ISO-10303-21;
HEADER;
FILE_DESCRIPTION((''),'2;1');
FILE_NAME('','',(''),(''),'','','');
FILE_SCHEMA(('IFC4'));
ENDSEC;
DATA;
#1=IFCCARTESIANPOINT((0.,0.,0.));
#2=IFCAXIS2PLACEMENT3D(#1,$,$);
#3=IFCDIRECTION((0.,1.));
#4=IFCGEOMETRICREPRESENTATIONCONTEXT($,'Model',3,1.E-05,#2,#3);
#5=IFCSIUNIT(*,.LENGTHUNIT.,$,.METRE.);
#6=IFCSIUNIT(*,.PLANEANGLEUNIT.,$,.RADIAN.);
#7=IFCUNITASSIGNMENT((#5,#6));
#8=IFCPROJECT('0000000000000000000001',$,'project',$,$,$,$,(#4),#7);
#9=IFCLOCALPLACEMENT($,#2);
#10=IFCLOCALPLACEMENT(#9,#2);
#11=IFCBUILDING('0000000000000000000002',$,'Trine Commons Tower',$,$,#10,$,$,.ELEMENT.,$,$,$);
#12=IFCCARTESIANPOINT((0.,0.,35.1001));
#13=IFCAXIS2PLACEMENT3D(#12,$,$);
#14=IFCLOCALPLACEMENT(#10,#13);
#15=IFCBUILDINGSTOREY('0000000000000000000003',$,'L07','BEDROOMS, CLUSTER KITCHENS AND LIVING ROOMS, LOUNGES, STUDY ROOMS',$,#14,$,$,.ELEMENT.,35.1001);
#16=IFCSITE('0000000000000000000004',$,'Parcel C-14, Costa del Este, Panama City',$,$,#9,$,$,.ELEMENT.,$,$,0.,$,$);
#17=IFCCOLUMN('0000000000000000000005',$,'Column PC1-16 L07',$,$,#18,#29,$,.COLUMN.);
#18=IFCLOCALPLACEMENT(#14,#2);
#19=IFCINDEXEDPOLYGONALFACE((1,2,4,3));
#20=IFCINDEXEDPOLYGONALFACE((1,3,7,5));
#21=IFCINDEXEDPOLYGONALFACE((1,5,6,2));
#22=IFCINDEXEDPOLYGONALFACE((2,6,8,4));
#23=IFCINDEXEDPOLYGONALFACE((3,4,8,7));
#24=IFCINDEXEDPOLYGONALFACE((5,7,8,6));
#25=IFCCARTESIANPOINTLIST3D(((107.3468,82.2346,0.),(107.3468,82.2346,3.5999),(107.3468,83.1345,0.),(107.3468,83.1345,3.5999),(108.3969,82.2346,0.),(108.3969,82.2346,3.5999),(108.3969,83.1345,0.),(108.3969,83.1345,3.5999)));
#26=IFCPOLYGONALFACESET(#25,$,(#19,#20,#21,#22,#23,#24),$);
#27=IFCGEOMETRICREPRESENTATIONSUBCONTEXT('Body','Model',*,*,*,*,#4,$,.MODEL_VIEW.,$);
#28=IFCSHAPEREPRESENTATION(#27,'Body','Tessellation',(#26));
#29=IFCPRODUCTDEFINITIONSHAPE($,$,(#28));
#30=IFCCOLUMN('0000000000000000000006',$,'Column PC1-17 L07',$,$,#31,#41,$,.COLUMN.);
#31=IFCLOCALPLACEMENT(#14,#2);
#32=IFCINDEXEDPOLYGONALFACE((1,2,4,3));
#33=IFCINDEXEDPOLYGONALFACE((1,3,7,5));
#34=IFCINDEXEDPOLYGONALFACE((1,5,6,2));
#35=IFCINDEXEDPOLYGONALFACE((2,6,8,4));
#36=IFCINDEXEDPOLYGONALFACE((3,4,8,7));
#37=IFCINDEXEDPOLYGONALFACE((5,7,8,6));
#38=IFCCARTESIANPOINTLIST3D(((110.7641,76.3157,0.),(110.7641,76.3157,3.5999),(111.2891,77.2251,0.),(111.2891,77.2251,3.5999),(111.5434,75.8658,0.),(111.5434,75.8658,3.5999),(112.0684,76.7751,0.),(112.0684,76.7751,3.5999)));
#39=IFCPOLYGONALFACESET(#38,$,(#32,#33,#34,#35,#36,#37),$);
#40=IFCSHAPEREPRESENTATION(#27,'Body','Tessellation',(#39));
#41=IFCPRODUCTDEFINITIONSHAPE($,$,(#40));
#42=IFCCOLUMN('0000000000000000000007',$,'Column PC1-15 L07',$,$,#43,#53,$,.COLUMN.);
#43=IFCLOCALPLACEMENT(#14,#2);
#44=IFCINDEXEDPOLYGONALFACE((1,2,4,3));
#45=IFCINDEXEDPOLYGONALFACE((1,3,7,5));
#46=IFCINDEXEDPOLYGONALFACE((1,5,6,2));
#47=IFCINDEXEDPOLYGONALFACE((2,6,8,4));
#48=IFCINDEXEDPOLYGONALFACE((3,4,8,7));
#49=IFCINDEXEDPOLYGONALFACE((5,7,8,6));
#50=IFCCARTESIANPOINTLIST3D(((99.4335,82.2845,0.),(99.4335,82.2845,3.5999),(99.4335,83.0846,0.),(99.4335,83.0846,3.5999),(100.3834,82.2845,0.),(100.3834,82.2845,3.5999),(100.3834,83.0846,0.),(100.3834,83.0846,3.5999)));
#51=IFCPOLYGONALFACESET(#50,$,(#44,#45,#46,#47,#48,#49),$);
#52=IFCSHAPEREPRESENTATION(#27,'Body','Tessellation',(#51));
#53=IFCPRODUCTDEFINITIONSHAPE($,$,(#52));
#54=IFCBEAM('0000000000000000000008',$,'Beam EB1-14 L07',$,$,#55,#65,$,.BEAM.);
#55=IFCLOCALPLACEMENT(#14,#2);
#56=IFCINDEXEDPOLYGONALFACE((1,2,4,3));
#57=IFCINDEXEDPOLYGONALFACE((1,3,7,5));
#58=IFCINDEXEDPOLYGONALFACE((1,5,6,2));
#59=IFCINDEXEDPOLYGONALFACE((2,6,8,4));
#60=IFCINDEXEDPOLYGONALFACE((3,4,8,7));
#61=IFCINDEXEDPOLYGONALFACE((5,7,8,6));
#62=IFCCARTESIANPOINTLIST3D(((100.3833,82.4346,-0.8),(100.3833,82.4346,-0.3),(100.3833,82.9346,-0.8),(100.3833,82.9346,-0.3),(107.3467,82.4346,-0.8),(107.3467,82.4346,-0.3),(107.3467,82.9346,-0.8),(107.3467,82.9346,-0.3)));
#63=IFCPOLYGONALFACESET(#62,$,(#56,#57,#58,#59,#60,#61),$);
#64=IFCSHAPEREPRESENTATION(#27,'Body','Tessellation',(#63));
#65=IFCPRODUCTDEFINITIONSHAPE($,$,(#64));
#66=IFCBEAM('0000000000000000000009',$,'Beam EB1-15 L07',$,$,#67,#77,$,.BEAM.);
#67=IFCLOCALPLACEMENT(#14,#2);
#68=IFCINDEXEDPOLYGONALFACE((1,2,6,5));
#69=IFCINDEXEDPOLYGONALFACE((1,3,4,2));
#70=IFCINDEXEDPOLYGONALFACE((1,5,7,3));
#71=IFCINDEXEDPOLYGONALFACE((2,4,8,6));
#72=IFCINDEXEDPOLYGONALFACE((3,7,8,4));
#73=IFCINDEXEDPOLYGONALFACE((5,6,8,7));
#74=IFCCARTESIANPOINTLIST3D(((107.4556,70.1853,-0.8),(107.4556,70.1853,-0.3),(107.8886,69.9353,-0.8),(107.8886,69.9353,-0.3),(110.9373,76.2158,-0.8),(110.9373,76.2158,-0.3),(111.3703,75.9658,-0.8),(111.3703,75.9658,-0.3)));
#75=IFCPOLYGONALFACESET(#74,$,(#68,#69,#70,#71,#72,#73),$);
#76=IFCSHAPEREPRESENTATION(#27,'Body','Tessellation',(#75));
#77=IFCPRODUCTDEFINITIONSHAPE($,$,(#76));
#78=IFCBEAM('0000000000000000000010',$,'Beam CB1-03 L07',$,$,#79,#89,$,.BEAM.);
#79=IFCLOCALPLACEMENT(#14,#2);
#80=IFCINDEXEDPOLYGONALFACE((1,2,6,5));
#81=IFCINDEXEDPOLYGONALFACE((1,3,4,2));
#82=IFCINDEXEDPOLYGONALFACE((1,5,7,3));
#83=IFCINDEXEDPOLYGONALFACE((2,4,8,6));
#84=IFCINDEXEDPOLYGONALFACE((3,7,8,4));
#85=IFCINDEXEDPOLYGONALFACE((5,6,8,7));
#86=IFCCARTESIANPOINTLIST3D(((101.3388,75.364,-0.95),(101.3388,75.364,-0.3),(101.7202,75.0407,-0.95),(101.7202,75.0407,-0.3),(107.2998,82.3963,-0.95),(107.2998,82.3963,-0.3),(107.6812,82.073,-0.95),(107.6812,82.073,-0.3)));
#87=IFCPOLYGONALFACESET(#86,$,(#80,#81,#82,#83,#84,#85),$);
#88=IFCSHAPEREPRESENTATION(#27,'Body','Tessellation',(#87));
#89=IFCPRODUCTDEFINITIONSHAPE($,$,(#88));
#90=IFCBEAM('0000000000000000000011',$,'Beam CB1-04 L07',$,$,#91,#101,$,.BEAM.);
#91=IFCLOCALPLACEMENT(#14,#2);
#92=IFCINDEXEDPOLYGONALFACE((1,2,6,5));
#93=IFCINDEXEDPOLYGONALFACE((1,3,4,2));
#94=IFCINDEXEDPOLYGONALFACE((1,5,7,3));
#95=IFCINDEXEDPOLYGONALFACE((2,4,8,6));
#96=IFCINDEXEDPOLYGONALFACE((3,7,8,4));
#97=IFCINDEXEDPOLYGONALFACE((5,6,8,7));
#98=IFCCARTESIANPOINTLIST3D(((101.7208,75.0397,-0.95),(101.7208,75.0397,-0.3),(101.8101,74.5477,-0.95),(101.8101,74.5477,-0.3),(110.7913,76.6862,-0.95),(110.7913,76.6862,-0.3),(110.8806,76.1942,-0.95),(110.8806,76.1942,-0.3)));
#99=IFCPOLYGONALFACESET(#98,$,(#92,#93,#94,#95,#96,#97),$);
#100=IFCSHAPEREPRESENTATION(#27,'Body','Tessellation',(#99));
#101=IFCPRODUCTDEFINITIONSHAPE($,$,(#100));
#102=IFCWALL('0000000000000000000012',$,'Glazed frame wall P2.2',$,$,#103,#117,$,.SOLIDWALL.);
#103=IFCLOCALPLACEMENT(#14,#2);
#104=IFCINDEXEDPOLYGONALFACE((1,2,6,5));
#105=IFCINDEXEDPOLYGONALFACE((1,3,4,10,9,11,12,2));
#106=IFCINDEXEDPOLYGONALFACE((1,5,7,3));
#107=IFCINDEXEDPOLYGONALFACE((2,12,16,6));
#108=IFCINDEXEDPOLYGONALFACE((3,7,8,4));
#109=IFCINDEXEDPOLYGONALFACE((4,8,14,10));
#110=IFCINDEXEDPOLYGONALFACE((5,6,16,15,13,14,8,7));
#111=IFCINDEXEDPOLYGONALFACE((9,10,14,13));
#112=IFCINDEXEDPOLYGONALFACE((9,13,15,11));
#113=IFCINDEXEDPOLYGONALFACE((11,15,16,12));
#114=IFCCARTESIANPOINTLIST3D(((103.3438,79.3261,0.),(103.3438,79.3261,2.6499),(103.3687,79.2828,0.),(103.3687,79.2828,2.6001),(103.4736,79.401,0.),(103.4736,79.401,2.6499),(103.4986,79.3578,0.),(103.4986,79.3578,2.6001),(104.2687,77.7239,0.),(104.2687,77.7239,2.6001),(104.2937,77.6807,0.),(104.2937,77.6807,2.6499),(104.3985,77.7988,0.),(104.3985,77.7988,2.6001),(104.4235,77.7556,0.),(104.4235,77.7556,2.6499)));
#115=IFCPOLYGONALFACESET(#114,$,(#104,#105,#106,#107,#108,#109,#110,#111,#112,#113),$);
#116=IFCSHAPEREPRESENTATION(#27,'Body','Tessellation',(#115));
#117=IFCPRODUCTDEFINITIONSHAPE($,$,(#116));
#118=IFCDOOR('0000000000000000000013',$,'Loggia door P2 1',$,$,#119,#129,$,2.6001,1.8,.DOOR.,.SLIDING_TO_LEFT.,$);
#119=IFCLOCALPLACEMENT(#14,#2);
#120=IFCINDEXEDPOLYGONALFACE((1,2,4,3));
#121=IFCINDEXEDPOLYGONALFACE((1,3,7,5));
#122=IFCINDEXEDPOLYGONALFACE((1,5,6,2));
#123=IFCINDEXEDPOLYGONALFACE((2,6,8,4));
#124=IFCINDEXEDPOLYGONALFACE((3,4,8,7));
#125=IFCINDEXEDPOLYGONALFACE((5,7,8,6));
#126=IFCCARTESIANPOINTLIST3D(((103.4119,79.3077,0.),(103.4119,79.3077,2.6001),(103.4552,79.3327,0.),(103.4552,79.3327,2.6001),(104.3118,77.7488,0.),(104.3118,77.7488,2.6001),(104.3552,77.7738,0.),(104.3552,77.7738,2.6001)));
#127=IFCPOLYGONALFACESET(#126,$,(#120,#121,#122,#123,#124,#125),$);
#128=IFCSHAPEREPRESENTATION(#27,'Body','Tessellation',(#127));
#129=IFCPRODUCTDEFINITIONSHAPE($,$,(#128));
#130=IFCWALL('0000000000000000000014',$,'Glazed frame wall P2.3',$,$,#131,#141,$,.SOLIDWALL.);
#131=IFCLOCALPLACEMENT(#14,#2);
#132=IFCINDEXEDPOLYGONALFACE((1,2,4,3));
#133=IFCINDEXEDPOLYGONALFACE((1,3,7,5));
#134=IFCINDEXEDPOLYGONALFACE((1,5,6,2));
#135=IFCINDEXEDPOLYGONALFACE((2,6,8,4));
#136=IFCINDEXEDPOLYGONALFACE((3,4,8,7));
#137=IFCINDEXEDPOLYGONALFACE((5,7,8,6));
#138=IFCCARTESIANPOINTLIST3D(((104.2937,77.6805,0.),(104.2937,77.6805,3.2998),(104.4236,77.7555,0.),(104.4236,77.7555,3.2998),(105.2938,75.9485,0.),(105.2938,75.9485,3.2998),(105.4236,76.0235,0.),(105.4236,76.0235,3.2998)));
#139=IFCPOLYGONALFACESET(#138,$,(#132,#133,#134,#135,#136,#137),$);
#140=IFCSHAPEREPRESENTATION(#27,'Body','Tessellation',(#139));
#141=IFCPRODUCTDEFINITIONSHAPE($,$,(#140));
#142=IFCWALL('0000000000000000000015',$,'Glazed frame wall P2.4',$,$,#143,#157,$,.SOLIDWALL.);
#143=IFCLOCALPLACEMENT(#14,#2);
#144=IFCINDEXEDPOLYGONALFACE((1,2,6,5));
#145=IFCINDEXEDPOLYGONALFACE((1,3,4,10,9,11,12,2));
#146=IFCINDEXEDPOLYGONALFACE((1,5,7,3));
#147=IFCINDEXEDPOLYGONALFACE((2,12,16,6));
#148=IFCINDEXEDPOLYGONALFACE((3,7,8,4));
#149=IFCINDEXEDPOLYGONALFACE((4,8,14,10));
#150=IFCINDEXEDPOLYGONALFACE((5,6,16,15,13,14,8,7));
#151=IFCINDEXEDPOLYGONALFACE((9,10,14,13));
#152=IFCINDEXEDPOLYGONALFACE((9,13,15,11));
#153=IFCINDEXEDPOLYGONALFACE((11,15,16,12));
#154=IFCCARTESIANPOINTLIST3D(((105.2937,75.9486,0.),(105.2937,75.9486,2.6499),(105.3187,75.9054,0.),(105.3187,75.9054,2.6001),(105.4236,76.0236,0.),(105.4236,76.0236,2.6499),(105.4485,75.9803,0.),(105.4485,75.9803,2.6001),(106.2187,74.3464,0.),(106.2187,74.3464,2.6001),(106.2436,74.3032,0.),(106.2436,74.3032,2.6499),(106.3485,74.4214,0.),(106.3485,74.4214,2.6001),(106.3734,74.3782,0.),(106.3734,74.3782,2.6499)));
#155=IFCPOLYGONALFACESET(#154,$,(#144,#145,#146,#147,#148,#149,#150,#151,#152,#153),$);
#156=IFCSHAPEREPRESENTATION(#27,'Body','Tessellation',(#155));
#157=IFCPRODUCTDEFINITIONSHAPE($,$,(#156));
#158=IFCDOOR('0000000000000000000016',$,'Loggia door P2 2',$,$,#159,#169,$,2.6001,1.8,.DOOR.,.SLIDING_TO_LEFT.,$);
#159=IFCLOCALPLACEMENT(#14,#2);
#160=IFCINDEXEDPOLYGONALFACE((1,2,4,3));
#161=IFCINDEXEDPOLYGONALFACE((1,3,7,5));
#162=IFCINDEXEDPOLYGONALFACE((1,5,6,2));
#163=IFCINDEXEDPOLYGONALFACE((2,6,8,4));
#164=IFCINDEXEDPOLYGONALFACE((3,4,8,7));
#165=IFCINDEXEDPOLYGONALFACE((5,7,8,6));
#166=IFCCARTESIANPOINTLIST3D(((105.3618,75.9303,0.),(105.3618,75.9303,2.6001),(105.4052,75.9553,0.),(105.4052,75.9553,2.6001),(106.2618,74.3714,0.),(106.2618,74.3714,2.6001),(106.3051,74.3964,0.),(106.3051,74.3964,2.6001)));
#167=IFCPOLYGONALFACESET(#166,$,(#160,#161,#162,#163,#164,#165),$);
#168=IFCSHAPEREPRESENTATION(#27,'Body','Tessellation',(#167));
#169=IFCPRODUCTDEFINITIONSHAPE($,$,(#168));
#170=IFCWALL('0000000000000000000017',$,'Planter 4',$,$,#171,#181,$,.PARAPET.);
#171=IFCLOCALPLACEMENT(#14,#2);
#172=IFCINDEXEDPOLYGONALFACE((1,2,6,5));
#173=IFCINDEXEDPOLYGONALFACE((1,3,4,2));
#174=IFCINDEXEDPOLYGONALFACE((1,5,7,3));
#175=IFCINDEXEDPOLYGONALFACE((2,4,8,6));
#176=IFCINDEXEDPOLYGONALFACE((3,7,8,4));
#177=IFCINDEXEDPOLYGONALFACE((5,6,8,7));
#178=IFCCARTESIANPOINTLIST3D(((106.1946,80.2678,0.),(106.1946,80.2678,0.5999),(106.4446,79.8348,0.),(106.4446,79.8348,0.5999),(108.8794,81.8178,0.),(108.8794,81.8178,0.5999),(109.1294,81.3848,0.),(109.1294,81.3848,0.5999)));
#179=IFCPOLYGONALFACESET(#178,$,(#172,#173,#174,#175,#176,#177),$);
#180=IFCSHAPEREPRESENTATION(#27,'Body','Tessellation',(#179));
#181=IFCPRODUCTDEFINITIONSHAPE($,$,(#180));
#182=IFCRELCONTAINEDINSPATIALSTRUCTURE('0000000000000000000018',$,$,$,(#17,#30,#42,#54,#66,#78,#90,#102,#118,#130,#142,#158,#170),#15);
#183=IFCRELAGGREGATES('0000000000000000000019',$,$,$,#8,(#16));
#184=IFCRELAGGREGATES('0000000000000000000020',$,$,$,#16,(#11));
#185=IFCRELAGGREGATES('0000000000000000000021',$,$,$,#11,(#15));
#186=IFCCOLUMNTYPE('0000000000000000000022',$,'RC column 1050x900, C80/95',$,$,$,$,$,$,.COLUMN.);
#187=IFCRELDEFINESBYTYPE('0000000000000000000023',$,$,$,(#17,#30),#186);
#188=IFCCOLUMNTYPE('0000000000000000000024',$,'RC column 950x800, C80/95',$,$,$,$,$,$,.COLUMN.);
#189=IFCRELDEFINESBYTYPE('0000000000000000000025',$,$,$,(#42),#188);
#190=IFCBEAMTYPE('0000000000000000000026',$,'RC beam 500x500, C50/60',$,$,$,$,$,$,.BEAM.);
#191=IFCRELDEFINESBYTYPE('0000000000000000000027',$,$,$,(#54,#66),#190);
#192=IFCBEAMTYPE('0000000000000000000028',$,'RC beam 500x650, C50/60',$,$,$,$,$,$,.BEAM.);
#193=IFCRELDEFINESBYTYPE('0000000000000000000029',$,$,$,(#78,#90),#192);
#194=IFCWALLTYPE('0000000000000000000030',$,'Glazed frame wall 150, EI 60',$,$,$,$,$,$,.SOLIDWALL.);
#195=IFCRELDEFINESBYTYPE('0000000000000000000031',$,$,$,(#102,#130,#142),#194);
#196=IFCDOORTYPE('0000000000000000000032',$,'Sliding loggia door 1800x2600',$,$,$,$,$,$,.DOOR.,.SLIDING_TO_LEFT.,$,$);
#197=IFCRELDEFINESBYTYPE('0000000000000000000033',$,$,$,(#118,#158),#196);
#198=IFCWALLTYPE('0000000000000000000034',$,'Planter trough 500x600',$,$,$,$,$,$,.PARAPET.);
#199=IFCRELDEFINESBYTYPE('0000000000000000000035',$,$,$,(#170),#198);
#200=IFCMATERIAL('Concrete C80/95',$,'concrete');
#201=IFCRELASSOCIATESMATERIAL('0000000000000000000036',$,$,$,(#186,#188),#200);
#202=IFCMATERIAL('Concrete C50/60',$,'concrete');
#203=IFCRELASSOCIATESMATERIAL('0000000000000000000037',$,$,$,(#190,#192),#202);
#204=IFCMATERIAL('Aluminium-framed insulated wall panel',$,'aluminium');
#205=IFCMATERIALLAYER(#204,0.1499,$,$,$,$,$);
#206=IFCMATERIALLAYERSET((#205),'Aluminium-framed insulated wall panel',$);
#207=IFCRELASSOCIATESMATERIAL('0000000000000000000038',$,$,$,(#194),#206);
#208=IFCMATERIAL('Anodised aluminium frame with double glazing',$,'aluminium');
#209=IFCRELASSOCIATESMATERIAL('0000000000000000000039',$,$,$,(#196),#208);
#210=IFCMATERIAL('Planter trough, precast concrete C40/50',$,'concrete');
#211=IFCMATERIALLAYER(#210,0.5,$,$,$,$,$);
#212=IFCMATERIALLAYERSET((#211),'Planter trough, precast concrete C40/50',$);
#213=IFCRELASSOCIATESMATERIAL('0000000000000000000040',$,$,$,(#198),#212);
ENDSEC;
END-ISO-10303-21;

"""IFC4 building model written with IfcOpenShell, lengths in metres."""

from ifc_helpers import new_model, si_unit, direction, frame, frame_2d, origin, origin_2d, place, context, subcontext, project, spatial, polyline, rectangle, outline, extrude, material, layer, layer_set, material_profile, profile_set, type_object, element, fill, save


model = new_model("IFC4")

# Units and contexts
model_context = context("Model", 3, precision=1e-05, world=origin(), true_north=direction((0.0, 1.0)))
body_context = subcontext(model_context, "Body", "Model", "MODEL_VIEW")
ifc_project = project(units=[si_unit("LENGTHUNIT", "METRE"), si_unit("PLANEANGLEUNIT", "RADIAN")], contexts=[model_context])

# Site, building, storey
site_placement = place(None, origin())
site = spatial("IfcSite", under=ifc_project, at=site_placement, Name="Parcel C-14, Costa del Este, Panama City", CompositionType="ELEMENT", RefElevation=0.0)
building_placement = place(site_placement, origin())
building = spatial("IfcBuilding", under=site, at=building_placement, Name="Trine Commons Tower", CompositionType="ELEMENT")
storey_placement = place(building_placement, frame((0.0, 0.0, 35.1001)))
storey = spatial("IfcBuildingStorey", under=building, at=storey_placement, Name="L07", Description="BEDROOMS, CLUSTER KITCHENS AND LIVING ROOMS, LOUNGES, STUDY ROOMS", CompositionType="ELEMENT", Elevation=35.1001)

# Columns
ifc_material_1 = material(Name="Concrete C80/95", Category="concrete")
ifc_material_profile_1 = material_profile(ifc_material_1, rectangle(XDim=1.05, YDim=0.8999, at=origin_2d()), Name="RC 1050x900")
ifc_profile_set_1 = profile_set([ifc_material_profile_1], Name="Concrete C80/95")
column_type_1 = type_object("IfcColumnType", Name="RC column 1050x900, C80/95", PredefinedType="COLUMN", material=ifc_profile_set_1)
for number, where, z_axis, x_axis, name in (
    (1, (107.8718, 82.6846, 0.0), (0.0, 0.0, 1.0), (1.0, 0.0, 0.0), "Column PC1-16 L07"),
    (2, (111.4163, 76.5454, 0.0), (0.0, 0.0, 1.0), (0.5, 0.866025, 0.0), "Column PC1-17 L07"),
):
    element("IfcColumn", number, at=place(storey_placement, frame(where, z_axis=z_axis, x_axis=x_axis)), inside=storey, type_object=column_type_1, Name=name, PredefinedType="COLUMN", context=body_context, shape_type="SweptSolid", body=[
        extrude(rectangle(XDim=1.05, YDim=0.8999, at=origin_2d()), origin(), (0.0, 0.0, 1.0), 3.5999),
    ])
ifc_material_profile_2 = material_profile(ifc_material_1, rectangle(XDim=0.95, YDim=0.8, at=origin_2d()), Name="RC 950x800")
ifc_profile_set_2 = profile_set([ifc_material_profile_2], Name="Concrete C80/95")
column_type_2 = type_object("IfcColumnType", Name="RC column 950x800, C80/95", PredefinedType="COLUMN", material=ifc_profile_set_2)
column_placement = place(storey_placement, frame((99.9084, 82.6846, 0.0), z_axis=(0.0, 0.0, 1.0), x_axis=(1.0, 0.0, 0.0)))
element("IfcColumn", 3, at=column_placement, inside=storey, type_object=column_type_2, Name="Column PC1-15 L07", PredefinedType="COLUMN", context=body_context, shape_type="SweptSolid", body=[
    extrude(rectangle(XDim=0.95, YDim=0.8, at=origin_2d()), origin(), (0.0, 0.0, 1.0), 3.5999),
])

# Beams
ifc_material_2 = material(Name="Concrete C50/60", Category="concrete")
ifc_material_profile_3 = material_profile(ifc_material_2, rectangle(XDim=0.5, YDim=0.5, at=origin_2d()), Name="RC 500x500")
ifc_profile_set_3 = profile_set([ifc_material_profile_3], Name="Concrete C50/60")
beam_type_1 = type_object("IfcBeamType", Name="RC beam 500x500, C50/60", PredefinedType="BEAM", material=ifc_profile_set_3)
for number, where, z_axis, x_axis, name in (
    (4, (100.3833, 82.6846, -0.55), (1.0, 0.0, 0.0), (0.0, 1.0, 0.0), "Beam EB1-14 L07"),
    (5, (111.1538, 76.0908, -0.55), (-0.499997, -0.866027, 0.0), (0.866027, -0.499997, 0.0), "Beam EB1-15 L07"),
):
    element("IfcBeam", number, at=place(storey_placement, frame(where, z_axis=z_axis, x_axis=x_axis)), inside=storey, type_object=beam_type_1, Name=name, PredefinedType="BEAM", context=body_context, shape_type="SweptSolid", body=[
        extrude(rectangle(XDim=0.5, YDim=0.5, at=origin_2d()), origin(), (0.0, 0.0, 1.0), 6.9634),
    ])
ifc_material_profile_4 = material_profile(ifc_material_2, rectangle(XDim=0.5, YDim=0.6499, at=origin_2d()), Name="RC 500x650")
ifc_profile_set_4 = profile_set([ifc_material_profile_4], Name="Concrete C50/60")
beam_type_2 = type_object("IfcBeamType", Name="RC beam 500x650, C50/60", PredefinedType="BEAM", material=ifc_profile_set_4)
for number, where, z_axis, x_axis, name in (
    (6, (107.4905, 82.2346, -0.625), (-0.646612, -0.762819, 0.0), (0.762819, -0.646612, 0.0), "Beam CB1-03 L07"),
    (7, (110.8359, 76.4402, -0.625), (-0.983922, -0.178601, 0.0), (0.178601, -0.983922, 0.0), "Beam CB1-04 L07"),
):
    element("IfcBeam", number, at=place(storey_placement, frame(where, z_axis=z_axis, x_axis=x_axis)), inside=storey, type_object=beam_type_2, Name=name, PredefinedType="BEAM", context=body_context, shape_type="SweptSolid", body=[
        extrude(rectangle(XDim=0.5, YDim=0.6499, at=origin_2d()), origin(), (0.0, 0.0, 1.0), 9.2188),
    ])

# Shared definitions
ifc_material_3 = material(Name="Aluminium-framed insulated wall panel", Category="aluminium")
ifc_layer_1 = layer(ifc_material_3, 0.1499)
ifc_layer_set_1 = layer_set([ifc_layer_1], Name="Aluminium-framed insulated wall panel")
wall_type_1 = type_object("IfcWallType", Name="Glazed frame wall 150, EI 60", PredefinedType="SOLIDWALL", material=ifc_layer_set_1)

# Wall, opening, door
wall_1_placement = place(storey_placement, frame((103.4087, 79.3635, 0.0), z_axis=(0.0, 0.0, 1.0), x_axis=(0.499967, -0.866044, 0.0)))
wall_1 = element("IfcWall", 8, at=wall_1_placement, inside=storey, type_object=wall_type_1, Name="Glazed frame wall P2.2", PredefinedType="SOLIDWALL", context=body_context, shape_type="SweptSolid", body=[
    extrude(outline(polyline([(0.0, -0.075), (1.8999, -0.075), (1.8999, 0.075), (0.0, 0.075), (0.0, -0.075)])), origin(), (0.0, 0.0, 1.0), 2.6499),
])
opening_1_placement = place(wall_1_placement, frame((0.05, 0.0, 0.0)))
opening_1 = element("IfcOpeningElement", 9, at=opening_1_placement, cuts=wall_1, PredefinedType="OPENING", context=body_context, shape_type="SweptSolid", body=[
    extrude(rectangle(XDim=1.8, YDim=2.6001, at=frame_2d((0.8999, 1.3))), frame((0.0, 0.085, 0.0), z_axis=(0.0, -1.0, 0.0), x_axis=(1.0, 0.0, 0.0)), (0.0, 0.0, 1.0), 0.1699),
])
ifc_material_4 = material(Name="Anodised aluminium frame with double glazing", Category="aluminium")
door_type_1 = type_object("IfcDoorType", Name="Sliding loggia door 1800x2600", OperationType="SLIDING_TO_LEFT", PredefinedType="DOOR", material=ifc_material_4)
door_1_placement = place(opening_1_placement, origin())
door_1 = element("IfcDoor", 10, at=door_1_placement, inside=storey, type_object=door_type_1, Name="Loggia door P2 1", OperationType="SLIDING_TO_LEFT", OverallHeight=2.6001, OverallWidth=1.8, PredefinedType="DOOR", context=body_context, shape_type="SweptSolid", body=[
    extrude(rectangle(XDim=1.8, YDim=2.6001, at=frame_2d((0.8999, 1.3))), frame((0.0, 0.0249, 0.0), z_axis=(0.0, -1.0, 0.0), x_axis=(1.0, 0.0, 0.0)), (0.0, 0.0, 1.0), 0.05),
])
fill(opening_1, door_1)

# Wall
wall_2_placement = place(storey_placement, frame((104.3586, 77.718, 0.0), z_axis=(0.0, 0.0, 1.0), x_axis=(0.500025, -0.866011, 0.0)))
element("IfcWall", 11, at=wall_2_placement, inside=storey, type_object=wall_type_1, Name="Glazed frame wall P2.3", PredefinedType="SOLIDWALL", context=body_context, shape_type="SweptSolid", body=[
    extrude(outline(polyline([(0.0, -0.075), (2.0, -0.075), (2.0, 0.075), (0.0, 0.075), (0.0, -0.075)])), origin(), (0.0, 0.0, 1.0), 3.2998),
])

# Wall, opening, door
wall_3_placement = place(storey_placement, frame((105.3586, 75.9861, 0.0), z_axis=(0.0, 0.0, 1.0), x_axis=(0.499967, -0.866044, 0.0)))
wall_3 = element("IfcWall", 12, at=wall_3_placement, inside=storey, type_object=wall_type_1, Name="Glazed frame wall P2.4", PredefinedType="SOLIDWALL", context=body_context, shape_type="SweptSolid", body=[
    extrude(outline(polyline([(0.0, -0.075), (1.8999, -0.075), (1.8999, 0.075), (0.0, 0.075), (0.0, -0.075)])), origin(), (0.0, 0.0, 1.0), 2.6499),
])
opening_2_placement = place(wall_3_placement, frame((0.05, 0.0, 0.0)))
opening_2 = element("IfcOpeningElement", 13, at=opening_2_placement, cuts=wall_3, PredefinedType="OPENING", context=body_context, shape_type="SweptSolid", body=[
    extrude(rectangle(XDim=1.8, YDim=2.6001, at=frame_2d((0.8999, 1.3))), frame((0.0, 0.085, 0.0), z_axis=(0.0, -1.0, 0.0), x_axis=(1.0, 0.0, 0.0)), (0.0, 0.0, 1.0), 0.1699),
])
door_2_placement = place(opening_2_placement, origin())
door_2 = element("IfcDoor", 14, at=door_2_placement, inside=storey, type_object=door_type_1, Name="Loggia door P2 2", OperationType="SLIDING_TO_LEFT", OverallHeight=2.6001, OverallWidth=1.8, PredefinedType="DOOR", context=body_context, shape_type="SweptSolid", body=[
    extrude(rectangle(XDim=1.8, YDim=2.6001, at=frame_2d((0.8999, 1.3))), frame((0.0, 0.0249, 0.0), z_axis=(0.0, -1.0, 0.0), x_axis=(1.0, 0.0, 0.0)), (0.0, 0.0, 1.0), 0.05),
])
fill(opening_2, door_2)

# Wall
ifc_material_5 = material(Name="Planter trough, precast concrete C40/50", Category="concrete")
ifc_layer_2 = layer(ifc_material_5, 0.5)
ifc_layer_set_2 = layer_set([ifc_layer_2], Name="Planter trough, precast concrete C40/50")
wall_type_2 = type_object("IfcWallType", Name="Planter trough 500x600", PredefinedType="PARAPET", material=ifc_layer_set_2)
wall_4_placement = place(storey_placement, frame((109.0044, 81.6013, 0.0), z_axis=(0.0, 0.0, 1.0), x_axis=(-0.86603, -0.499993, 0.0)))
element("IfcWall", 15, at=wall_4_placement, inside=storey, type_object=wall_type_2, Name="Planter 4", PredefinedType="PARAPET", context=body_context, shape_type="SweptSolid", body=[
    extrude(rectangle(XDim=3.1001, YDim=0.5, at=frame_2d((1.55, 0.0))), origin(), (0.0, 0.0, 1.0), 0.5999),
])

save(model, "model.ifc")
